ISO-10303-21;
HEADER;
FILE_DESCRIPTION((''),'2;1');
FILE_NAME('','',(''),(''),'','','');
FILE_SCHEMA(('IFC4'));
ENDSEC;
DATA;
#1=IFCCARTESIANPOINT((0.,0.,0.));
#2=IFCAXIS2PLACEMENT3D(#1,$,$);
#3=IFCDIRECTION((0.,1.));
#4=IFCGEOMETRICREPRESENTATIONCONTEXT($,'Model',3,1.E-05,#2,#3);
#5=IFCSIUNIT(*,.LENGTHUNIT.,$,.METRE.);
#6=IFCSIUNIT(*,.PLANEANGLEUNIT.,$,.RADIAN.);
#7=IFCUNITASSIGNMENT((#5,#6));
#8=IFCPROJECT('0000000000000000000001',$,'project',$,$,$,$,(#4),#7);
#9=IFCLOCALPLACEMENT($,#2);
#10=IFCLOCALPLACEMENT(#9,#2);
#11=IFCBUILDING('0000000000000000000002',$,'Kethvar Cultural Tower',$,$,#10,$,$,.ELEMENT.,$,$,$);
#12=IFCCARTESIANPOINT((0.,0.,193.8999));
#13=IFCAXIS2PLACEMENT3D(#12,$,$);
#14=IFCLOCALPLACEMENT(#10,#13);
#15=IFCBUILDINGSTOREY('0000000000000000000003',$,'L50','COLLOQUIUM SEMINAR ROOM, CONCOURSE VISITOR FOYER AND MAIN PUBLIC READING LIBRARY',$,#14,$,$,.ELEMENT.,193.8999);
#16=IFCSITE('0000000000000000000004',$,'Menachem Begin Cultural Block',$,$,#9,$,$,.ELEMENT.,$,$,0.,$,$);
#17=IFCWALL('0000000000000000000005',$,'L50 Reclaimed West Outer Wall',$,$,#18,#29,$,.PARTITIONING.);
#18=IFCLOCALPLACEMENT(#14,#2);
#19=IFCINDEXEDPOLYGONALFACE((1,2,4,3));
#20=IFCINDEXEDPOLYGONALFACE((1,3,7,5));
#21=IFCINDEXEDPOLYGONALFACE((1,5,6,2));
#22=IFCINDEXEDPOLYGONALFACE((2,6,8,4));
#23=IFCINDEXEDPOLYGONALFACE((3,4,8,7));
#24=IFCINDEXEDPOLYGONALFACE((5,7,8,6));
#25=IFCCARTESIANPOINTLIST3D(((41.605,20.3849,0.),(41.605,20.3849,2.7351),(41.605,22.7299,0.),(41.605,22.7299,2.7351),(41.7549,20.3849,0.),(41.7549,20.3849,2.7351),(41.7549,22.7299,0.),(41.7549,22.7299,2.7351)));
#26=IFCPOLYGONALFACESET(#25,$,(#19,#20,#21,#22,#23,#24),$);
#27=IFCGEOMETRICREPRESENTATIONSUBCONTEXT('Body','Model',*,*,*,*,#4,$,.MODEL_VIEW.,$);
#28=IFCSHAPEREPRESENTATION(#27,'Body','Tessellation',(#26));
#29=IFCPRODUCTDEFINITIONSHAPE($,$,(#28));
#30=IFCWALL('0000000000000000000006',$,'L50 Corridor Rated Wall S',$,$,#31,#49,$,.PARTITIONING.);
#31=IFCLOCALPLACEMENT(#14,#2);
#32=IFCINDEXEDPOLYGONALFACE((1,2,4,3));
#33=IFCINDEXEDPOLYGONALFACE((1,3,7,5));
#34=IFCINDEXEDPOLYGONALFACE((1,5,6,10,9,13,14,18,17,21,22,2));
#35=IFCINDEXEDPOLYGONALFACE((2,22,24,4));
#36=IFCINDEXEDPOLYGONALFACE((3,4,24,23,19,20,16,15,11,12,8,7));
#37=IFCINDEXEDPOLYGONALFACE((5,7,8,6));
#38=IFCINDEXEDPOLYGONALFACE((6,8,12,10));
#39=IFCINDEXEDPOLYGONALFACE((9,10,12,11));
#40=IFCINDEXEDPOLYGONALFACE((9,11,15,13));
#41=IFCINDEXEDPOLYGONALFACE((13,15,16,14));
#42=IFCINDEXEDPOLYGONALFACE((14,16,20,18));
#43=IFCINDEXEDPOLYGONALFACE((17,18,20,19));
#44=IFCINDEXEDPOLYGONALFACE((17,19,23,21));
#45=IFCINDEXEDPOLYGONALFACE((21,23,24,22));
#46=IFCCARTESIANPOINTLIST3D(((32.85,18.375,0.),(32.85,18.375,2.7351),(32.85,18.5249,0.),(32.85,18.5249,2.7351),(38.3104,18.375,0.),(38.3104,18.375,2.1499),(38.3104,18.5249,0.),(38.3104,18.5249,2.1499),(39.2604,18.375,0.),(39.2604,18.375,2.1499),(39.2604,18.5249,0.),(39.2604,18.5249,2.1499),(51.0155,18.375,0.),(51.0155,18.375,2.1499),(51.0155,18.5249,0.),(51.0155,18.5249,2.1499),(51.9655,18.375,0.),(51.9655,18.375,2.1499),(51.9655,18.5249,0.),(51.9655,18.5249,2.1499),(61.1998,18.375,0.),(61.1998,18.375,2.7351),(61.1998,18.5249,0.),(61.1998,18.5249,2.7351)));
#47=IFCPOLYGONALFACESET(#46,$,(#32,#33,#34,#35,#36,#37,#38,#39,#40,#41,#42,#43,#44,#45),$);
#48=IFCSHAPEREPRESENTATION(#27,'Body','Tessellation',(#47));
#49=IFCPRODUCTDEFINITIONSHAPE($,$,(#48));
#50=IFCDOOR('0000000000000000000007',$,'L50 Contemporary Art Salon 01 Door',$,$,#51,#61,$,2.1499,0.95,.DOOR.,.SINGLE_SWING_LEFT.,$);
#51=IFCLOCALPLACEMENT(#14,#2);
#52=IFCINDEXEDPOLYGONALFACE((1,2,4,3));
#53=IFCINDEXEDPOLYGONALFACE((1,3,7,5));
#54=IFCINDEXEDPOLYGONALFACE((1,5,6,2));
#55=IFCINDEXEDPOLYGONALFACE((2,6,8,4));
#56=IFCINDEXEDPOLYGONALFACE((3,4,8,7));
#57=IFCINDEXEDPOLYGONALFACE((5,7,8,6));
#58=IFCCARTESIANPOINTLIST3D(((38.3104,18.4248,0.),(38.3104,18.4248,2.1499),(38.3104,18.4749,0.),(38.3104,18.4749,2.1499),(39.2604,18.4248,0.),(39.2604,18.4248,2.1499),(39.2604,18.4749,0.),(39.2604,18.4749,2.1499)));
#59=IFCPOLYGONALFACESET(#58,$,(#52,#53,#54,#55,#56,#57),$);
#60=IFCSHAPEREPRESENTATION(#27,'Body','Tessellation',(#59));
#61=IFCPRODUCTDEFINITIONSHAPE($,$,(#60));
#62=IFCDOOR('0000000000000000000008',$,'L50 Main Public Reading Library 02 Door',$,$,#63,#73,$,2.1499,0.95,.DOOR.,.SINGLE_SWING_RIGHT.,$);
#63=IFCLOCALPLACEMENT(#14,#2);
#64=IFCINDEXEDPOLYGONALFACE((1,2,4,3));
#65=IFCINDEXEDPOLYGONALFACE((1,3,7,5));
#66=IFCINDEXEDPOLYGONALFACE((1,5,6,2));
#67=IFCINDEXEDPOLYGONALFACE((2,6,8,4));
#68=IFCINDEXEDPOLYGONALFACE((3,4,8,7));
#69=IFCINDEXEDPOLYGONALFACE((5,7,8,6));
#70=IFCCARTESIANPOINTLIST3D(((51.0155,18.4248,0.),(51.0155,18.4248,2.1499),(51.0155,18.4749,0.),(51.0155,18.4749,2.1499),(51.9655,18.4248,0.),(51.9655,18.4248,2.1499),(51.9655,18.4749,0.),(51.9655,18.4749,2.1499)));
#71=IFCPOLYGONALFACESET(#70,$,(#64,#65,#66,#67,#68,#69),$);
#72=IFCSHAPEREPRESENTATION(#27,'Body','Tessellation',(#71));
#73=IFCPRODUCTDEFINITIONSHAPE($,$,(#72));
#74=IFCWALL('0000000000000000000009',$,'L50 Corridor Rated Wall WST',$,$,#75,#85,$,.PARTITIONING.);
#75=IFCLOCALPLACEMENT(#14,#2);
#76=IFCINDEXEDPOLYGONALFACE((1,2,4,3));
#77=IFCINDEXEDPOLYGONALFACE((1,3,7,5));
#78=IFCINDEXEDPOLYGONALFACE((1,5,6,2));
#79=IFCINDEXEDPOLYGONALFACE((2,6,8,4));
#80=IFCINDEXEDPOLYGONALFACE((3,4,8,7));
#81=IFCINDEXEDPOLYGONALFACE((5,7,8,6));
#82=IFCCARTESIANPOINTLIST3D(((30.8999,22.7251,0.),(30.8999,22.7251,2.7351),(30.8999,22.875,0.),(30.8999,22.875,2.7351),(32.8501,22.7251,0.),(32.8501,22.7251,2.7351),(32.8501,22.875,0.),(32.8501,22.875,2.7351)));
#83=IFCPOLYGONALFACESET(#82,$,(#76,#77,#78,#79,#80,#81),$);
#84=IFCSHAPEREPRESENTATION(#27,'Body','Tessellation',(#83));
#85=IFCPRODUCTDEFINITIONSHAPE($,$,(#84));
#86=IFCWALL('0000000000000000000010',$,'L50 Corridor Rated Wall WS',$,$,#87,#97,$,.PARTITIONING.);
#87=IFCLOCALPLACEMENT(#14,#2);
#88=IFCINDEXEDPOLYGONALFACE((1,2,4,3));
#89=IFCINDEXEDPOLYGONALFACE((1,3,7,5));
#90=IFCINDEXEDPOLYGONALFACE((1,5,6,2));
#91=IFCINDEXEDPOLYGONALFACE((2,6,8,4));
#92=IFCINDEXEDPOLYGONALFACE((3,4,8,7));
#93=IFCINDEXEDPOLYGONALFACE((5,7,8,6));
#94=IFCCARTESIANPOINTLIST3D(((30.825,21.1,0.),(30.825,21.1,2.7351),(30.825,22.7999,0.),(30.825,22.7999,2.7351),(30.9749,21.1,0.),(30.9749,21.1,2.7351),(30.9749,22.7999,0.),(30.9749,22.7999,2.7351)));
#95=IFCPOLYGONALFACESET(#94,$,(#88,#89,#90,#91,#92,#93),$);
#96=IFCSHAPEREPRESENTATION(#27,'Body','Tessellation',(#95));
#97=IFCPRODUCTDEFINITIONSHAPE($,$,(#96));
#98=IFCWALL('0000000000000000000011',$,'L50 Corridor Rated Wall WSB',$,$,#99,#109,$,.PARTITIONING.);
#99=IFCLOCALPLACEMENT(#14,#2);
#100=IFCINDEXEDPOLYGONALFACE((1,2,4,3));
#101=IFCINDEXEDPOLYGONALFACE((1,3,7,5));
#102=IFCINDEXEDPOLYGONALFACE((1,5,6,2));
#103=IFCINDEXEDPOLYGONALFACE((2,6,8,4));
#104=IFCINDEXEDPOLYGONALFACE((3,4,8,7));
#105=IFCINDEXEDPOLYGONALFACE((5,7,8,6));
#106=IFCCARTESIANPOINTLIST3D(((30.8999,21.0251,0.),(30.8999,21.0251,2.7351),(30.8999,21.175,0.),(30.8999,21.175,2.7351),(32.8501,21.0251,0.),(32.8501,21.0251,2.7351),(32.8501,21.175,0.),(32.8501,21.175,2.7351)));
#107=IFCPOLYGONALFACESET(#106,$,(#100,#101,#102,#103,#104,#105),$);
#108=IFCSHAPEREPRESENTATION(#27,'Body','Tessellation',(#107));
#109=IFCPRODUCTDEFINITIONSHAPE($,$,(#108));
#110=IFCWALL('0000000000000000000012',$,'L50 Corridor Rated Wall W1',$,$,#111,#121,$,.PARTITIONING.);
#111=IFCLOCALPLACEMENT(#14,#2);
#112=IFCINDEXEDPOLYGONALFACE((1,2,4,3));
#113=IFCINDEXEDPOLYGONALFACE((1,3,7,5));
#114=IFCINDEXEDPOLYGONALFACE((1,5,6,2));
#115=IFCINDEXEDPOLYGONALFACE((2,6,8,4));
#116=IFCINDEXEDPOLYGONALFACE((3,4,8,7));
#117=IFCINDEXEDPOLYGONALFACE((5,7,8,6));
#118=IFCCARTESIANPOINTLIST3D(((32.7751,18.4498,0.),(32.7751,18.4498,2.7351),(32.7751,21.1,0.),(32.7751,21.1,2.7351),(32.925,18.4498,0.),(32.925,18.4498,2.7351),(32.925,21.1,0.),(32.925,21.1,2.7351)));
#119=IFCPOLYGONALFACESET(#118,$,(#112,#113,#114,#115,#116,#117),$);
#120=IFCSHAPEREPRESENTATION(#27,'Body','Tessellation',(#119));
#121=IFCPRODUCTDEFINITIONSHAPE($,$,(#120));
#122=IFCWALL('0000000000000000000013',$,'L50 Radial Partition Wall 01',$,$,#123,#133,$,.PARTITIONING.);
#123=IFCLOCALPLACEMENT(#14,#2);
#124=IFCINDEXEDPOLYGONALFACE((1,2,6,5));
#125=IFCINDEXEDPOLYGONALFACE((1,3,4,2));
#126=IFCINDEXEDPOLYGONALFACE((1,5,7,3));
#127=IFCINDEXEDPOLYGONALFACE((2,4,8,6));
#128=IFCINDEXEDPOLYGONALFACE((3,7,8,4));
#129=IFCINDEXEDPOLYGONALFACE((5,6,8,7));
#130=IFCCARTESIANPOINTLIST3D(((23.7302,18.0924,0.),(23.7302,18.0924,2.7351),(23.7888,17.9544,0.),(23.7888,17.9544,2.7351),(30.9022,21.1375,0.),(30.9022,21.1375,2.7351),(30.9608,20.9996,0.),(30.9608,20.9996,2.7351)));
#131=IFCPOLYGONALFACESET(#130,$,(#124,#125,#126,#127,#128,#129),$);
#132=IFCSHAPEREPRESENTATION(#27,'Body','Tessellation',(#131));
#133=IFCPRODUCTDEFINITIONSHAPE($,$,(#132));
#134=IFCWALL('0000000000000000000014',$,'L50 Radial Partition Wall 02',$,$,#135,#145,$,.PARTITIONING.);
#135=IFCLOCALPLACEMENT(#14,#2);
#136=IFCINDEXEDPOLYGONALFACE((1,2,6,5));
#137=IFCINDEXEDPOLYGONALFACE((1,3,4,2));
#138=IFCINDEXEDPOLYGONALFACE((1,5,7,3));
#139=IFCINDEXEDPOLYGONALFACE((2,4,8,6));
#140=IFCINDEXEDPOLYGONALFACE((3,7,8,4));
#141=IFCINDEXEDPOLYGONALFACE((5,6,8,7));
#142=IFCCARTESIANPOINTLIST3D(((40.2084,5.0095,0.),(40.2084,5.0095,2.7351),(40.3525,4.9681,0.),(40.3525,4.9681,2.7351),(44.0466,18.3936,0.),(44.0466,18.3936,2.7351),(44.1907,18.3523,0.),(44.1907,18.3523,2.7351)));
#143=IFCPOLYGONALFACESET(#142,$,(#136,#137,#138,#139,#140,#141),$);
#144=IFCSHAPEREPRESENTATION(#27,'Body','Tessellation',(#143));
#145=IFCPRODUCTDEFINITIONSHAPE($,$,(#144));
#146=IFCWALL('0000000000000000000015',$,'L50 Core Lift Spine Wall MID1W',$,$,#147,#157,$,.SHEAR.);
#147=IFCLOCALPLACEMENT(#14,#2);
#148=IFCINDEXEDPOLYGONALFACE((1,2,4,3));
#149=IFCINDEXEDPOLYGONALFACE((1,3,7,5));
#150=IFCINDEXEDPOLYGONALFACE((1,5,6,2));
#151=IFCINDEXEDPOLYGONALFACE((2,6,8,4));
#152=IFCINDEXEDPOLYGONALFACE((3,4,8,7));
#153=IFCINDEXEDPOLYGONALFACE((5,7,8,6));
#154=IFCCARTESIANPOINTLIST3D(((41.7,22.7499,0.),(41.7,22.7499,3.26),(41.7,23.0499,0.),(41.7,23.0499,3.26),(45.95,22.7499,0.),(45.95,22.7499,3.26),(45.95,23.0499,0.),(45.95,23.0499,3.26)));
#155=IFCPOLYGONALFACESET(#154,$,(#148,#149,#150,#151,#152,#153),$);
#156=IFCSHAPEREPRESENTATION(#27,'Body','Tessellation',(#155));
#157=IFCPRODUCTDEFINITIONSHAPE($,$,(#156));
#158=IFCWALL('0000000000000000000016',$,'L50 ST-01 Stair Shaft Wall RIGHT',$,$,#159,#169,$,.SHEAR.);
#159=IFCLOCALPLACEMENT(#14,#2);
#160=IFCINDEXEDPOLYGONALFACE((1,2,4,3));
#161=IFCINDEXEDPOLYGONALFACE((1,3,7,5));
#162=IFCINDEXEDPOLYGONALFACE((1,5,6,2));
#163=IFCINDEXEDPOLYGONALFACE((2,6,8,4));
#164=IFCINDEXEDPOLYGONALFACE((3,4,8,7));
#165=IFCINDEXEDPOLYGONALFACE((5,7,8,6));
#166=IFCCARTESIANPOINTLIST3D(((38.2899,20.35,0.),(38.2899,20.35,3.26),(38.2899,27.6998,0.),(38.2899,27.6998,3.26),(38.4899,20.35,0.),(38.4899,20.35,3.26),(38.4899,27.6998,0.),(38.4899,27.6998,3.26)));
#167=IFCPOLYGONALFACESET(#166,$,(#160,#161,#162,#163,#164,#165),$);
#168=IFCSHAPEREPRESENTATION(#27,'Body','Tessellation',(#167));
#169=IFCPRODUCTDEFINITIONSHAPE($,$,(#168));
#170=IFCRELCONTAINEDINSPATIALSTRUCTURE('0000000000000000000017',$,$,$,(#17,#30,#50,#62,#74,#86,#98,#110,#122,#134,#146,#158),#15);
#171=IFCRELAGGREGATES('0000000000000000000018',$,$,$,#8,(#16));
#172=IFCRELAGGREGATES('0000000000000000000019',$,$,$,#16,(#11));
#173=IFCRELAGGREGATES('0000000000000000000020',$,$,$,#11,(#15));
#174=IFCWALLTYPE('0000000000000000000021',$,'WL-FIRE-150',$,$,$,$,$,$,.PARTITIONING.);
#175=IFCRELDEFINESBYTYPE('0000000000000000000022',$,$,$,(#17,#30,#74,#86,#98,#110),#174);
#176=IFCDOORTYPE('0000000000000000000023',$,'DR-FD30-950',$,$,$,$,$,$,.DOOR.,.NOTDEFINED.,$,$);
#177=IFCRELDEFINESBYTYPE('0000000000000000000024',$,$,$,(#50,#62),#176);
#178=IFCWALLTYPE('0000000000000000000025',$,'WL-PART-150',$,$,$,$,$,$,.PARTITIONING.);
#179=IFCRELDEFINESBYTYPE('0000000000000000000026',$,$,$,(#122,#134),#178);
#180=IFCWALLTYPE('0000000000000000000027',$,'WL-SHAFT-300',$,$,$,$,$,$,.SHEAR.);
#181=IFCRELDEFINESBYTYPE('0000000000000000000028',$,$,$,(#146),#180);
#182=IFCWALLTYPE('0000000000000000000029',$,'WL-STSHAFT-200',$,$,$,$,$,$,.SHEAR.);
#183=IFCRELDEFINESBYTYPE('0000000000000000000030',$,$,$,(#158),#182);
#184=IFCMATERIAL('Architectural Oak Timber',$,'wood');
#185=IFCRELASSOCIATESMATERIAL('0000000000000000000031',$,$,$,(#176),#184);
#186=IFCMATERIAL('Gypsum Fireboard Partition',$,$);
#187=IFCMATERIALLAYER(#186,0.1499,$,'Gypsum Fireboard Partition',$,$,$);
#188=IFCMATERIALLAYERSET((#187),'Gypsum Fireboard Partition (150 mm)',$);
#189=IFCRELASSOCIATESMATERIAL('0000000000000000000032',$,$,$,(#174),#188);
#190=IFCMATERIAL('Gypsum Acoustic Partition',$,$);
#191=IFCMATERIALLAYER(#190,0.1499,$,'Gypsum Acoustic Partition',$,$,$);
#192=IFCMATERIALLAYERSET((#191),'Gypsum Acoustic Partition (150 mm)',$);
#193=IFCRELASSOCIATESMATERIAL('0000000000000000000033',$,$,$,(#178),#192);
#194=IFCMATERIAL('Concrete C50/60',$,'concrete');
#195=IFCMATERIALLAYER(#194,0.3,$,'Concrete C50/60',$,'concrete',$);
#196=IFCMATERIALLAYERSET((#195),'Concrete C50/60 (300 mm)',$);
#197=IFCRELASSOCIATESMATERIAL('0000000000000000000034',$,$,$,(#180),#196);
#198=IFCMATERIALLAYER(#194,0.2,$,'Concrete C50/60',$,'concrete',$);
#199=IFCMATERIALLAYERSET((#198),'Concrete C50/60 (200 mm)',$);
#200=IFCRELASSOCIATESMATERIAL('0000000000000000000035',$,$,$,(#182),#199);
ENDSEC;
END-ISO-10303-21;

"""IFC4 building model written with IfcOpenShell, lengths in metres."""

from ifc_helpers import new_model, si_unit, direction, frame, frame_2d, origin, place, context, subcontext, project, spatial, rectangle, extrude, source, transform, mapped, material, layer, layer_set, type_object, element, fill, save


model = new_model("IFC4")

# Units and contexts
model_context = context("Model", 3, precision=1e-05, world=origin(), true_north=direction((0.0, 1.0)))
body_context = subcontext(model_context, "Body", "Model", "MODEL_VIEW")
ifc_project = project(units=[si_unit("LENGTHUNIT", "METRE"), si_unit("PLANEANGLEUNIT", "RADIAN")], contexts=[model_context])

# Site, building, storey
site_placement = place(None, origin())
site = spatial("IfcSite", under=ifc_project, at=site_placement, Name="Menachem Begin Cultural Block", CompositionType="ELEMENT", RefElevation=0.0)
building_placement = place(site_placement, origin())
building = spatial("IfcBuilding", under=site, at=building_placement, Name="Kethvar Cultural Tower", CompositionType="ELEMENT")
storey_placement = place(building_placement, frame((0.0, 0.0, 193.8999)))
storey = spatial("IfcBuildingStorey", under=building, at=storey_placement, Name="L50", Description="COLLOQUIUM SEMINAR ROOM, CONCOURSE VISITOR FOYER AND MAIN PUBLIC READING LIBRARY", CompositionType="ELEMENT", Elevation=193.8999)

# Shared definitions
ifc_material_1 = material(Name="Architectural Oak Timber", Category="wood")
door_type_1 = type_object("IfcDoorType", Name="DR-FD30-950", OperationType="NOTDEFINED", PredefinedType="DOOR", material=ifc_material_1)
shared_shape_1 = source(origin(), body_context, "Body", "SweptSolid", [
    extrude(rectangle(XDim=0.95, YDim=2.1499, at=frame_2d((0.4751, 1.075))), frame((0.0, 0.0249, 0.0), z_axis=(0.0, -1.0, 0.0), x_axis=(1.0, 0.0, 0.0)), (0.0, 0.0, 1.0), 0.05),
])

# Wall
ifc_material_2 = material(Name="Gypsum Fireboard Partition")
ifc_layer_1 = layer(ifc_material_2, 0.1499, Name="Gypsum Fireboard Partition")
ifc_layer_set_1 = layer_set([ifc_layer_1], Name="Gypsum Fireboard Partition (150 mm)")
wall_type_1 = type_object("IfcWallType", Name="WL-FIRE-150", PredefinedType="PARTITIONING", material=ifc_layer_set_1)
wall_1_placement = place(storey_placement, frame((41.6799, 20.385, 0.0), z_axis=(0.0, 0.0, 1.0), x_axis=(0.0, 1.0, 0.0)))
element("IfcWall", 1, at=wall_1_placement, inside=storey, type_object=wall_type_1, Name="L50 Reclaimed West Outer Wall", PredefinedType="PARTITIONING", context=body_context, shape_type="SweptSolid", body=[
    extrude(rectangle(XDim=2.345, YDim=0.1499, at=frame_2d((1.1724, 0.0))), origin(), (0.0, 0.0, 1.0), 2.7351),
])

# Wall, openings, doors
wall_2_placement = place(storey_placement, frame((32.8501, 18.45, 0.0), z_axis=(0.0, 0.0, 1.0), x_axis=(1.0, 0.0, 0.0)))
wall_2 = element("IfcWall", 2, at=wall_2_placement, inside=storey, type_object=wall_type_1, Name="L50 Corridor Rated Wall S", PredefinedType="PARTITIONING", context=body_context, shape_type="SweptSolid", body=[
    extrude(rectangle(XDim=28.3499, YDim=0.1499, at=frame_2d((14.1748, 0.0))), origin(), (0.0, 0.0, 1.0), 2.7351),
])
opening_1_placement = place(wall_2_placement, frame((5.4602, 0.0, 0.0)))
opening_1 = element("IfcOpeningElement", 3, at=opening_1_placement, cuts=wall_2, PredefinedType="OPENING", context=body_context, shape_type="SweptSolid", body=[
    extrude(rectangle(XDim=0.95, YDim=2.1499, at=frame_2d((0.4751, 1.075))), frame((0.0, 0.085, 0.0), z_axis=(0.0, -1.0, 0.0), x_axis=(1.0, 0.0, 0.0)), (0.0, 0.0, 1.0), 0.1699),
])
opening_2_placement = place(wall_2_placement, frame((18.1653, 0.0, 0.0)))
opening_2 = element("IfcOpeningElement", 4, at=opening_2_placement, cuts=wall_2, PredefinedType="OPENING", context=body_context, shape_type="SweptSolid", body=[
    extrude(rectangle(XDim=0.95, YDim=2.1499, at=frame_2d((0.4751, 1.075))), frame((0.0, 0.085, 0.0), z_axis=(0.0, -1.0, 0.0), x_axis=(1.0, 0.0, 0.0)), (0.0, 0.0, 1.0), 0.1699),
])
door_1_placement = place(opening_1_placement, origin())
door_1 = element("IfcDoor", 5, at=door_1_placement, inside=storey, type_object=door_type_1, Name="L50 Contemporary Art Salon 01 Door", OperationType="SINGLE_SWING_LEFT", OverallHeight=2.1499, OverallWidth=0.95, PredefinedType="DOOR", context=body_context, shape_type="MappedRepresentation", body=[
    mapped(shared_shape_1, transform((0.0, 0.0, 0.0), scale=1.0)),
])
fill(opening_1, door_1)
door_2_placement = place(opening_2_placement, origin())
door_2 = element("IfcDoor", 6, at=door_2_placement, inside=storey, type_object=door_type_1, Name="L50 Main Public Reading Library 02 Door", OperationType="SINGLE_SWING_RIGHT", OverallHeight=2.1499, OverallWidth=0.95, PredefinedType="DOOR", context=body_context, shape_type="MappedRepresentation", body=[
    mapped(shared_shape_1, transform((0.0, 0.0, 0.0), scale=1.0)),
])
fill(opening_2, door_2)

# Walls
wall_3_placement = place(storey_placement, frame((32.8501, 22.8, 0.0), z_axis=(0.0, 0.0, 1.0), x_axis=(-1.0, 0.0, 0.0)))
element("IfcWall", 7, at=wall_3_placement, inside=storey, type_object=wall_type_1, Name="L50 Corridor Rated Wall WST", PredefinedType="PARTITIONING", context=body_context, shape_type="SweptSolid", body=[
    extrude(rectangle(XDim=1.9502, YDim=0.1499, at=frame_2d((0.9751, 0.0))), origin(), (0.0, 0.0, 1.0), 2.7351),
])
wall_4_placement = place(storey_placement, frame((30.8999, 22.8, 0.0), z_axis=(0.0, 0.0, 1.0), x_axis=(0.0, -1.0, 0.0)))
element("IfcWall", 8, at=wall_4_placement, inside=storey, type_object=wall_type_1, Name="L50 Corridor Rated Wall WS", PredefinedType="PARTITIONING", context=body_context, shape_type="SweptSolid", body=[
    extrude(rectangle(XDim=1.7, YDim=0.1499, at=frame_2d((0.8501, 0.0))), origin(), (0.0, 0.0, 1.0), 2.7351),
])
wall_5_placement = place(storey_placement, frame((30.8999, 21.1001, 0.0), z_axis=(0.0, 0.0, 1.0), x_axis=(1.0, 0.0, 0.0)))
element("IfcWall", 9, at=wall_5_placement, inside=storey, type_object=wall_type_1, Name="L50 Corridor Rated Wall WSB", PredefinedType="PARTITIONING", context=body_context, shape_type="SweptSolid", body=[
    extrude(rectangle(XDim=1.9502, YDim=0.1499, at=frame_2d((0.9751, 0.0))), origin(), (0.0, 0.0, 1.0), 2.7351),
])
wall_6_placement = place(storey_placement, frame((32.8501, 21.1001, 0.0), z_axis=(0.0, 0.0, 1.0), x_axis=(0.0, -1.0, 0.0)))
element("IfcWall", 10, at=wall_6_placement, inside=storey, type_object=wall_type_1, Name="L50 Corridor Rated Wall W1", PredefinedType="PARTITIONING", context=body_context, shape_type="SweptSolid", body=[
    extrude(rectangle(XDim=2.6501, YDim=0.1499, at=frame_2d((1.3252, 0.0))), origin(), (0.0, 0.0, 1.0), 2.7351),
])
ifc_material_3 = material(Name="Gypsum Acoustic Partition")
ifc_layer_2 = layer(ifc_material_3, 0.1499, Name="Gypsum Acoustic Partition")
ifc_layer_set_2 = layer_set([ifc_layer_2], Name="Gypsum Acoustic Partition (150 mm)")
wall_type_2 = type_object("IfcWallType", Name="WL-PART-150", PredefinedType="PARTITIONING", material=ifc_layer_set_2)
wall_7_placement = place(storey_placement, frame((30.9316, 21.0686, 0.0), z_axis=(0.0, 0.0, 1.0), x_axis=(-0.920469, -0.390816, 0.0)))
element("IfcWall", 11, at=wall_7_placement, inside=storey, type_object=wall_type_2, Name="L50 Radial Partition Wall 01", PredefinedType="PARTITIONING", context=body_context, shape_type="SweptSolid", body=[
    extrude(rectangle(XDim=7.7917, YDim=0.1499, at=frame_2d((3.896, 0.0))), origin(), (0.0, 0.0, 1.0), 2.7351),
])
wall_8_placement = place(storey_placement, frame((44.1187, 18.373, 0.0), z_axis=(0.0, 0.0, 1.0), x_axis=(-0.275659, -0.961256, 0.0)))
element("IfcWall", 12, at=wall_8_placement, inside=storey, type_object=wall_type_2, Name="L50 Radial Partition Wall 02", PredefinedType="PARTITIONING", context=body_context, shape_type="SweptSolid", body=[
    extrude(rectangle(XDim=13.9236, YDim=0.1499, at=frame_2d((6.9619, 0.0))), origin(), (0.0, 0.0, 1.0), 2.7351),
])
ifc_material_4 = material(Name="Concrete C50/60", Category="concrete")
ifc_layer_3 = layer(ifc_material_4, 0.3, Name="Concrete C50/60", Category="concrete")
ifc_layer_set_3 = layer_set([ifc_layer_3], Name="Concrete C50/60 (300 mm)")
wall_type_3 = type_object("IfcWallType", Name="WL-SHAFT-300", PredefinedType="SHEAR", material=ifc_layer_set_3)
wall_9_placement = place(storey_placement, frame((41.7, 22.8999, 0.0), z_axis=(0.0, 0.0, 1.0), x_axis=(1.0, 0.0, 0.0)))
element("IfcWall", 13, at=wall_9_placement, inside=storey, type_object=wall_type_3, Name="L50 Core Lift Spine Wall MID1W", PredefinedType="SHEAR", context=body_context, shape_type="SweptSolid", body=[
    extrude(rectangle(XDim=4.25, YDim=0.3, at=frame_2d((2.125, 0.0))), origin(), (0.0, 0.0, 1.0), 3.26),
])
ifc_layer_4 = layer(ifc_material_4, 0.2, Name="Concrete C50/60", Category="concrete")
ifc_layer_set_4 = layer_set([ifc_layer_4], Name="Concrete C50/60 (200 mm)")
wall_type_4 = type_object("IfcWallType", Name="WL-STSHAFT-200", PredefinedType="SHEAR", material=ifc_layer_set_4)
wall_10_placement = place(storey_placement, frame((38.3899, 20.3501, 0.0), z_axis=(0.0, 0.0, 1.0), x_axis=(0.0, 1.0, 0.0)))
element("IfcWall", 14, at=wall_10_placement, inside=storey, type_object=wall_type_4, Name="L50 ST-01 Stair Shaft Wall RIGHT", PredefinedType="SHEAR", context=body_context, shape_type="SweptSolid", body=[
    extrude(rectangle(XDim=7.3499, YDim=0.2, at=frame_2d((3.6748, 0.0))), origin(), (0.0, 0.0, 1.0), 3.26),
])

save(model, "model.ifc")
